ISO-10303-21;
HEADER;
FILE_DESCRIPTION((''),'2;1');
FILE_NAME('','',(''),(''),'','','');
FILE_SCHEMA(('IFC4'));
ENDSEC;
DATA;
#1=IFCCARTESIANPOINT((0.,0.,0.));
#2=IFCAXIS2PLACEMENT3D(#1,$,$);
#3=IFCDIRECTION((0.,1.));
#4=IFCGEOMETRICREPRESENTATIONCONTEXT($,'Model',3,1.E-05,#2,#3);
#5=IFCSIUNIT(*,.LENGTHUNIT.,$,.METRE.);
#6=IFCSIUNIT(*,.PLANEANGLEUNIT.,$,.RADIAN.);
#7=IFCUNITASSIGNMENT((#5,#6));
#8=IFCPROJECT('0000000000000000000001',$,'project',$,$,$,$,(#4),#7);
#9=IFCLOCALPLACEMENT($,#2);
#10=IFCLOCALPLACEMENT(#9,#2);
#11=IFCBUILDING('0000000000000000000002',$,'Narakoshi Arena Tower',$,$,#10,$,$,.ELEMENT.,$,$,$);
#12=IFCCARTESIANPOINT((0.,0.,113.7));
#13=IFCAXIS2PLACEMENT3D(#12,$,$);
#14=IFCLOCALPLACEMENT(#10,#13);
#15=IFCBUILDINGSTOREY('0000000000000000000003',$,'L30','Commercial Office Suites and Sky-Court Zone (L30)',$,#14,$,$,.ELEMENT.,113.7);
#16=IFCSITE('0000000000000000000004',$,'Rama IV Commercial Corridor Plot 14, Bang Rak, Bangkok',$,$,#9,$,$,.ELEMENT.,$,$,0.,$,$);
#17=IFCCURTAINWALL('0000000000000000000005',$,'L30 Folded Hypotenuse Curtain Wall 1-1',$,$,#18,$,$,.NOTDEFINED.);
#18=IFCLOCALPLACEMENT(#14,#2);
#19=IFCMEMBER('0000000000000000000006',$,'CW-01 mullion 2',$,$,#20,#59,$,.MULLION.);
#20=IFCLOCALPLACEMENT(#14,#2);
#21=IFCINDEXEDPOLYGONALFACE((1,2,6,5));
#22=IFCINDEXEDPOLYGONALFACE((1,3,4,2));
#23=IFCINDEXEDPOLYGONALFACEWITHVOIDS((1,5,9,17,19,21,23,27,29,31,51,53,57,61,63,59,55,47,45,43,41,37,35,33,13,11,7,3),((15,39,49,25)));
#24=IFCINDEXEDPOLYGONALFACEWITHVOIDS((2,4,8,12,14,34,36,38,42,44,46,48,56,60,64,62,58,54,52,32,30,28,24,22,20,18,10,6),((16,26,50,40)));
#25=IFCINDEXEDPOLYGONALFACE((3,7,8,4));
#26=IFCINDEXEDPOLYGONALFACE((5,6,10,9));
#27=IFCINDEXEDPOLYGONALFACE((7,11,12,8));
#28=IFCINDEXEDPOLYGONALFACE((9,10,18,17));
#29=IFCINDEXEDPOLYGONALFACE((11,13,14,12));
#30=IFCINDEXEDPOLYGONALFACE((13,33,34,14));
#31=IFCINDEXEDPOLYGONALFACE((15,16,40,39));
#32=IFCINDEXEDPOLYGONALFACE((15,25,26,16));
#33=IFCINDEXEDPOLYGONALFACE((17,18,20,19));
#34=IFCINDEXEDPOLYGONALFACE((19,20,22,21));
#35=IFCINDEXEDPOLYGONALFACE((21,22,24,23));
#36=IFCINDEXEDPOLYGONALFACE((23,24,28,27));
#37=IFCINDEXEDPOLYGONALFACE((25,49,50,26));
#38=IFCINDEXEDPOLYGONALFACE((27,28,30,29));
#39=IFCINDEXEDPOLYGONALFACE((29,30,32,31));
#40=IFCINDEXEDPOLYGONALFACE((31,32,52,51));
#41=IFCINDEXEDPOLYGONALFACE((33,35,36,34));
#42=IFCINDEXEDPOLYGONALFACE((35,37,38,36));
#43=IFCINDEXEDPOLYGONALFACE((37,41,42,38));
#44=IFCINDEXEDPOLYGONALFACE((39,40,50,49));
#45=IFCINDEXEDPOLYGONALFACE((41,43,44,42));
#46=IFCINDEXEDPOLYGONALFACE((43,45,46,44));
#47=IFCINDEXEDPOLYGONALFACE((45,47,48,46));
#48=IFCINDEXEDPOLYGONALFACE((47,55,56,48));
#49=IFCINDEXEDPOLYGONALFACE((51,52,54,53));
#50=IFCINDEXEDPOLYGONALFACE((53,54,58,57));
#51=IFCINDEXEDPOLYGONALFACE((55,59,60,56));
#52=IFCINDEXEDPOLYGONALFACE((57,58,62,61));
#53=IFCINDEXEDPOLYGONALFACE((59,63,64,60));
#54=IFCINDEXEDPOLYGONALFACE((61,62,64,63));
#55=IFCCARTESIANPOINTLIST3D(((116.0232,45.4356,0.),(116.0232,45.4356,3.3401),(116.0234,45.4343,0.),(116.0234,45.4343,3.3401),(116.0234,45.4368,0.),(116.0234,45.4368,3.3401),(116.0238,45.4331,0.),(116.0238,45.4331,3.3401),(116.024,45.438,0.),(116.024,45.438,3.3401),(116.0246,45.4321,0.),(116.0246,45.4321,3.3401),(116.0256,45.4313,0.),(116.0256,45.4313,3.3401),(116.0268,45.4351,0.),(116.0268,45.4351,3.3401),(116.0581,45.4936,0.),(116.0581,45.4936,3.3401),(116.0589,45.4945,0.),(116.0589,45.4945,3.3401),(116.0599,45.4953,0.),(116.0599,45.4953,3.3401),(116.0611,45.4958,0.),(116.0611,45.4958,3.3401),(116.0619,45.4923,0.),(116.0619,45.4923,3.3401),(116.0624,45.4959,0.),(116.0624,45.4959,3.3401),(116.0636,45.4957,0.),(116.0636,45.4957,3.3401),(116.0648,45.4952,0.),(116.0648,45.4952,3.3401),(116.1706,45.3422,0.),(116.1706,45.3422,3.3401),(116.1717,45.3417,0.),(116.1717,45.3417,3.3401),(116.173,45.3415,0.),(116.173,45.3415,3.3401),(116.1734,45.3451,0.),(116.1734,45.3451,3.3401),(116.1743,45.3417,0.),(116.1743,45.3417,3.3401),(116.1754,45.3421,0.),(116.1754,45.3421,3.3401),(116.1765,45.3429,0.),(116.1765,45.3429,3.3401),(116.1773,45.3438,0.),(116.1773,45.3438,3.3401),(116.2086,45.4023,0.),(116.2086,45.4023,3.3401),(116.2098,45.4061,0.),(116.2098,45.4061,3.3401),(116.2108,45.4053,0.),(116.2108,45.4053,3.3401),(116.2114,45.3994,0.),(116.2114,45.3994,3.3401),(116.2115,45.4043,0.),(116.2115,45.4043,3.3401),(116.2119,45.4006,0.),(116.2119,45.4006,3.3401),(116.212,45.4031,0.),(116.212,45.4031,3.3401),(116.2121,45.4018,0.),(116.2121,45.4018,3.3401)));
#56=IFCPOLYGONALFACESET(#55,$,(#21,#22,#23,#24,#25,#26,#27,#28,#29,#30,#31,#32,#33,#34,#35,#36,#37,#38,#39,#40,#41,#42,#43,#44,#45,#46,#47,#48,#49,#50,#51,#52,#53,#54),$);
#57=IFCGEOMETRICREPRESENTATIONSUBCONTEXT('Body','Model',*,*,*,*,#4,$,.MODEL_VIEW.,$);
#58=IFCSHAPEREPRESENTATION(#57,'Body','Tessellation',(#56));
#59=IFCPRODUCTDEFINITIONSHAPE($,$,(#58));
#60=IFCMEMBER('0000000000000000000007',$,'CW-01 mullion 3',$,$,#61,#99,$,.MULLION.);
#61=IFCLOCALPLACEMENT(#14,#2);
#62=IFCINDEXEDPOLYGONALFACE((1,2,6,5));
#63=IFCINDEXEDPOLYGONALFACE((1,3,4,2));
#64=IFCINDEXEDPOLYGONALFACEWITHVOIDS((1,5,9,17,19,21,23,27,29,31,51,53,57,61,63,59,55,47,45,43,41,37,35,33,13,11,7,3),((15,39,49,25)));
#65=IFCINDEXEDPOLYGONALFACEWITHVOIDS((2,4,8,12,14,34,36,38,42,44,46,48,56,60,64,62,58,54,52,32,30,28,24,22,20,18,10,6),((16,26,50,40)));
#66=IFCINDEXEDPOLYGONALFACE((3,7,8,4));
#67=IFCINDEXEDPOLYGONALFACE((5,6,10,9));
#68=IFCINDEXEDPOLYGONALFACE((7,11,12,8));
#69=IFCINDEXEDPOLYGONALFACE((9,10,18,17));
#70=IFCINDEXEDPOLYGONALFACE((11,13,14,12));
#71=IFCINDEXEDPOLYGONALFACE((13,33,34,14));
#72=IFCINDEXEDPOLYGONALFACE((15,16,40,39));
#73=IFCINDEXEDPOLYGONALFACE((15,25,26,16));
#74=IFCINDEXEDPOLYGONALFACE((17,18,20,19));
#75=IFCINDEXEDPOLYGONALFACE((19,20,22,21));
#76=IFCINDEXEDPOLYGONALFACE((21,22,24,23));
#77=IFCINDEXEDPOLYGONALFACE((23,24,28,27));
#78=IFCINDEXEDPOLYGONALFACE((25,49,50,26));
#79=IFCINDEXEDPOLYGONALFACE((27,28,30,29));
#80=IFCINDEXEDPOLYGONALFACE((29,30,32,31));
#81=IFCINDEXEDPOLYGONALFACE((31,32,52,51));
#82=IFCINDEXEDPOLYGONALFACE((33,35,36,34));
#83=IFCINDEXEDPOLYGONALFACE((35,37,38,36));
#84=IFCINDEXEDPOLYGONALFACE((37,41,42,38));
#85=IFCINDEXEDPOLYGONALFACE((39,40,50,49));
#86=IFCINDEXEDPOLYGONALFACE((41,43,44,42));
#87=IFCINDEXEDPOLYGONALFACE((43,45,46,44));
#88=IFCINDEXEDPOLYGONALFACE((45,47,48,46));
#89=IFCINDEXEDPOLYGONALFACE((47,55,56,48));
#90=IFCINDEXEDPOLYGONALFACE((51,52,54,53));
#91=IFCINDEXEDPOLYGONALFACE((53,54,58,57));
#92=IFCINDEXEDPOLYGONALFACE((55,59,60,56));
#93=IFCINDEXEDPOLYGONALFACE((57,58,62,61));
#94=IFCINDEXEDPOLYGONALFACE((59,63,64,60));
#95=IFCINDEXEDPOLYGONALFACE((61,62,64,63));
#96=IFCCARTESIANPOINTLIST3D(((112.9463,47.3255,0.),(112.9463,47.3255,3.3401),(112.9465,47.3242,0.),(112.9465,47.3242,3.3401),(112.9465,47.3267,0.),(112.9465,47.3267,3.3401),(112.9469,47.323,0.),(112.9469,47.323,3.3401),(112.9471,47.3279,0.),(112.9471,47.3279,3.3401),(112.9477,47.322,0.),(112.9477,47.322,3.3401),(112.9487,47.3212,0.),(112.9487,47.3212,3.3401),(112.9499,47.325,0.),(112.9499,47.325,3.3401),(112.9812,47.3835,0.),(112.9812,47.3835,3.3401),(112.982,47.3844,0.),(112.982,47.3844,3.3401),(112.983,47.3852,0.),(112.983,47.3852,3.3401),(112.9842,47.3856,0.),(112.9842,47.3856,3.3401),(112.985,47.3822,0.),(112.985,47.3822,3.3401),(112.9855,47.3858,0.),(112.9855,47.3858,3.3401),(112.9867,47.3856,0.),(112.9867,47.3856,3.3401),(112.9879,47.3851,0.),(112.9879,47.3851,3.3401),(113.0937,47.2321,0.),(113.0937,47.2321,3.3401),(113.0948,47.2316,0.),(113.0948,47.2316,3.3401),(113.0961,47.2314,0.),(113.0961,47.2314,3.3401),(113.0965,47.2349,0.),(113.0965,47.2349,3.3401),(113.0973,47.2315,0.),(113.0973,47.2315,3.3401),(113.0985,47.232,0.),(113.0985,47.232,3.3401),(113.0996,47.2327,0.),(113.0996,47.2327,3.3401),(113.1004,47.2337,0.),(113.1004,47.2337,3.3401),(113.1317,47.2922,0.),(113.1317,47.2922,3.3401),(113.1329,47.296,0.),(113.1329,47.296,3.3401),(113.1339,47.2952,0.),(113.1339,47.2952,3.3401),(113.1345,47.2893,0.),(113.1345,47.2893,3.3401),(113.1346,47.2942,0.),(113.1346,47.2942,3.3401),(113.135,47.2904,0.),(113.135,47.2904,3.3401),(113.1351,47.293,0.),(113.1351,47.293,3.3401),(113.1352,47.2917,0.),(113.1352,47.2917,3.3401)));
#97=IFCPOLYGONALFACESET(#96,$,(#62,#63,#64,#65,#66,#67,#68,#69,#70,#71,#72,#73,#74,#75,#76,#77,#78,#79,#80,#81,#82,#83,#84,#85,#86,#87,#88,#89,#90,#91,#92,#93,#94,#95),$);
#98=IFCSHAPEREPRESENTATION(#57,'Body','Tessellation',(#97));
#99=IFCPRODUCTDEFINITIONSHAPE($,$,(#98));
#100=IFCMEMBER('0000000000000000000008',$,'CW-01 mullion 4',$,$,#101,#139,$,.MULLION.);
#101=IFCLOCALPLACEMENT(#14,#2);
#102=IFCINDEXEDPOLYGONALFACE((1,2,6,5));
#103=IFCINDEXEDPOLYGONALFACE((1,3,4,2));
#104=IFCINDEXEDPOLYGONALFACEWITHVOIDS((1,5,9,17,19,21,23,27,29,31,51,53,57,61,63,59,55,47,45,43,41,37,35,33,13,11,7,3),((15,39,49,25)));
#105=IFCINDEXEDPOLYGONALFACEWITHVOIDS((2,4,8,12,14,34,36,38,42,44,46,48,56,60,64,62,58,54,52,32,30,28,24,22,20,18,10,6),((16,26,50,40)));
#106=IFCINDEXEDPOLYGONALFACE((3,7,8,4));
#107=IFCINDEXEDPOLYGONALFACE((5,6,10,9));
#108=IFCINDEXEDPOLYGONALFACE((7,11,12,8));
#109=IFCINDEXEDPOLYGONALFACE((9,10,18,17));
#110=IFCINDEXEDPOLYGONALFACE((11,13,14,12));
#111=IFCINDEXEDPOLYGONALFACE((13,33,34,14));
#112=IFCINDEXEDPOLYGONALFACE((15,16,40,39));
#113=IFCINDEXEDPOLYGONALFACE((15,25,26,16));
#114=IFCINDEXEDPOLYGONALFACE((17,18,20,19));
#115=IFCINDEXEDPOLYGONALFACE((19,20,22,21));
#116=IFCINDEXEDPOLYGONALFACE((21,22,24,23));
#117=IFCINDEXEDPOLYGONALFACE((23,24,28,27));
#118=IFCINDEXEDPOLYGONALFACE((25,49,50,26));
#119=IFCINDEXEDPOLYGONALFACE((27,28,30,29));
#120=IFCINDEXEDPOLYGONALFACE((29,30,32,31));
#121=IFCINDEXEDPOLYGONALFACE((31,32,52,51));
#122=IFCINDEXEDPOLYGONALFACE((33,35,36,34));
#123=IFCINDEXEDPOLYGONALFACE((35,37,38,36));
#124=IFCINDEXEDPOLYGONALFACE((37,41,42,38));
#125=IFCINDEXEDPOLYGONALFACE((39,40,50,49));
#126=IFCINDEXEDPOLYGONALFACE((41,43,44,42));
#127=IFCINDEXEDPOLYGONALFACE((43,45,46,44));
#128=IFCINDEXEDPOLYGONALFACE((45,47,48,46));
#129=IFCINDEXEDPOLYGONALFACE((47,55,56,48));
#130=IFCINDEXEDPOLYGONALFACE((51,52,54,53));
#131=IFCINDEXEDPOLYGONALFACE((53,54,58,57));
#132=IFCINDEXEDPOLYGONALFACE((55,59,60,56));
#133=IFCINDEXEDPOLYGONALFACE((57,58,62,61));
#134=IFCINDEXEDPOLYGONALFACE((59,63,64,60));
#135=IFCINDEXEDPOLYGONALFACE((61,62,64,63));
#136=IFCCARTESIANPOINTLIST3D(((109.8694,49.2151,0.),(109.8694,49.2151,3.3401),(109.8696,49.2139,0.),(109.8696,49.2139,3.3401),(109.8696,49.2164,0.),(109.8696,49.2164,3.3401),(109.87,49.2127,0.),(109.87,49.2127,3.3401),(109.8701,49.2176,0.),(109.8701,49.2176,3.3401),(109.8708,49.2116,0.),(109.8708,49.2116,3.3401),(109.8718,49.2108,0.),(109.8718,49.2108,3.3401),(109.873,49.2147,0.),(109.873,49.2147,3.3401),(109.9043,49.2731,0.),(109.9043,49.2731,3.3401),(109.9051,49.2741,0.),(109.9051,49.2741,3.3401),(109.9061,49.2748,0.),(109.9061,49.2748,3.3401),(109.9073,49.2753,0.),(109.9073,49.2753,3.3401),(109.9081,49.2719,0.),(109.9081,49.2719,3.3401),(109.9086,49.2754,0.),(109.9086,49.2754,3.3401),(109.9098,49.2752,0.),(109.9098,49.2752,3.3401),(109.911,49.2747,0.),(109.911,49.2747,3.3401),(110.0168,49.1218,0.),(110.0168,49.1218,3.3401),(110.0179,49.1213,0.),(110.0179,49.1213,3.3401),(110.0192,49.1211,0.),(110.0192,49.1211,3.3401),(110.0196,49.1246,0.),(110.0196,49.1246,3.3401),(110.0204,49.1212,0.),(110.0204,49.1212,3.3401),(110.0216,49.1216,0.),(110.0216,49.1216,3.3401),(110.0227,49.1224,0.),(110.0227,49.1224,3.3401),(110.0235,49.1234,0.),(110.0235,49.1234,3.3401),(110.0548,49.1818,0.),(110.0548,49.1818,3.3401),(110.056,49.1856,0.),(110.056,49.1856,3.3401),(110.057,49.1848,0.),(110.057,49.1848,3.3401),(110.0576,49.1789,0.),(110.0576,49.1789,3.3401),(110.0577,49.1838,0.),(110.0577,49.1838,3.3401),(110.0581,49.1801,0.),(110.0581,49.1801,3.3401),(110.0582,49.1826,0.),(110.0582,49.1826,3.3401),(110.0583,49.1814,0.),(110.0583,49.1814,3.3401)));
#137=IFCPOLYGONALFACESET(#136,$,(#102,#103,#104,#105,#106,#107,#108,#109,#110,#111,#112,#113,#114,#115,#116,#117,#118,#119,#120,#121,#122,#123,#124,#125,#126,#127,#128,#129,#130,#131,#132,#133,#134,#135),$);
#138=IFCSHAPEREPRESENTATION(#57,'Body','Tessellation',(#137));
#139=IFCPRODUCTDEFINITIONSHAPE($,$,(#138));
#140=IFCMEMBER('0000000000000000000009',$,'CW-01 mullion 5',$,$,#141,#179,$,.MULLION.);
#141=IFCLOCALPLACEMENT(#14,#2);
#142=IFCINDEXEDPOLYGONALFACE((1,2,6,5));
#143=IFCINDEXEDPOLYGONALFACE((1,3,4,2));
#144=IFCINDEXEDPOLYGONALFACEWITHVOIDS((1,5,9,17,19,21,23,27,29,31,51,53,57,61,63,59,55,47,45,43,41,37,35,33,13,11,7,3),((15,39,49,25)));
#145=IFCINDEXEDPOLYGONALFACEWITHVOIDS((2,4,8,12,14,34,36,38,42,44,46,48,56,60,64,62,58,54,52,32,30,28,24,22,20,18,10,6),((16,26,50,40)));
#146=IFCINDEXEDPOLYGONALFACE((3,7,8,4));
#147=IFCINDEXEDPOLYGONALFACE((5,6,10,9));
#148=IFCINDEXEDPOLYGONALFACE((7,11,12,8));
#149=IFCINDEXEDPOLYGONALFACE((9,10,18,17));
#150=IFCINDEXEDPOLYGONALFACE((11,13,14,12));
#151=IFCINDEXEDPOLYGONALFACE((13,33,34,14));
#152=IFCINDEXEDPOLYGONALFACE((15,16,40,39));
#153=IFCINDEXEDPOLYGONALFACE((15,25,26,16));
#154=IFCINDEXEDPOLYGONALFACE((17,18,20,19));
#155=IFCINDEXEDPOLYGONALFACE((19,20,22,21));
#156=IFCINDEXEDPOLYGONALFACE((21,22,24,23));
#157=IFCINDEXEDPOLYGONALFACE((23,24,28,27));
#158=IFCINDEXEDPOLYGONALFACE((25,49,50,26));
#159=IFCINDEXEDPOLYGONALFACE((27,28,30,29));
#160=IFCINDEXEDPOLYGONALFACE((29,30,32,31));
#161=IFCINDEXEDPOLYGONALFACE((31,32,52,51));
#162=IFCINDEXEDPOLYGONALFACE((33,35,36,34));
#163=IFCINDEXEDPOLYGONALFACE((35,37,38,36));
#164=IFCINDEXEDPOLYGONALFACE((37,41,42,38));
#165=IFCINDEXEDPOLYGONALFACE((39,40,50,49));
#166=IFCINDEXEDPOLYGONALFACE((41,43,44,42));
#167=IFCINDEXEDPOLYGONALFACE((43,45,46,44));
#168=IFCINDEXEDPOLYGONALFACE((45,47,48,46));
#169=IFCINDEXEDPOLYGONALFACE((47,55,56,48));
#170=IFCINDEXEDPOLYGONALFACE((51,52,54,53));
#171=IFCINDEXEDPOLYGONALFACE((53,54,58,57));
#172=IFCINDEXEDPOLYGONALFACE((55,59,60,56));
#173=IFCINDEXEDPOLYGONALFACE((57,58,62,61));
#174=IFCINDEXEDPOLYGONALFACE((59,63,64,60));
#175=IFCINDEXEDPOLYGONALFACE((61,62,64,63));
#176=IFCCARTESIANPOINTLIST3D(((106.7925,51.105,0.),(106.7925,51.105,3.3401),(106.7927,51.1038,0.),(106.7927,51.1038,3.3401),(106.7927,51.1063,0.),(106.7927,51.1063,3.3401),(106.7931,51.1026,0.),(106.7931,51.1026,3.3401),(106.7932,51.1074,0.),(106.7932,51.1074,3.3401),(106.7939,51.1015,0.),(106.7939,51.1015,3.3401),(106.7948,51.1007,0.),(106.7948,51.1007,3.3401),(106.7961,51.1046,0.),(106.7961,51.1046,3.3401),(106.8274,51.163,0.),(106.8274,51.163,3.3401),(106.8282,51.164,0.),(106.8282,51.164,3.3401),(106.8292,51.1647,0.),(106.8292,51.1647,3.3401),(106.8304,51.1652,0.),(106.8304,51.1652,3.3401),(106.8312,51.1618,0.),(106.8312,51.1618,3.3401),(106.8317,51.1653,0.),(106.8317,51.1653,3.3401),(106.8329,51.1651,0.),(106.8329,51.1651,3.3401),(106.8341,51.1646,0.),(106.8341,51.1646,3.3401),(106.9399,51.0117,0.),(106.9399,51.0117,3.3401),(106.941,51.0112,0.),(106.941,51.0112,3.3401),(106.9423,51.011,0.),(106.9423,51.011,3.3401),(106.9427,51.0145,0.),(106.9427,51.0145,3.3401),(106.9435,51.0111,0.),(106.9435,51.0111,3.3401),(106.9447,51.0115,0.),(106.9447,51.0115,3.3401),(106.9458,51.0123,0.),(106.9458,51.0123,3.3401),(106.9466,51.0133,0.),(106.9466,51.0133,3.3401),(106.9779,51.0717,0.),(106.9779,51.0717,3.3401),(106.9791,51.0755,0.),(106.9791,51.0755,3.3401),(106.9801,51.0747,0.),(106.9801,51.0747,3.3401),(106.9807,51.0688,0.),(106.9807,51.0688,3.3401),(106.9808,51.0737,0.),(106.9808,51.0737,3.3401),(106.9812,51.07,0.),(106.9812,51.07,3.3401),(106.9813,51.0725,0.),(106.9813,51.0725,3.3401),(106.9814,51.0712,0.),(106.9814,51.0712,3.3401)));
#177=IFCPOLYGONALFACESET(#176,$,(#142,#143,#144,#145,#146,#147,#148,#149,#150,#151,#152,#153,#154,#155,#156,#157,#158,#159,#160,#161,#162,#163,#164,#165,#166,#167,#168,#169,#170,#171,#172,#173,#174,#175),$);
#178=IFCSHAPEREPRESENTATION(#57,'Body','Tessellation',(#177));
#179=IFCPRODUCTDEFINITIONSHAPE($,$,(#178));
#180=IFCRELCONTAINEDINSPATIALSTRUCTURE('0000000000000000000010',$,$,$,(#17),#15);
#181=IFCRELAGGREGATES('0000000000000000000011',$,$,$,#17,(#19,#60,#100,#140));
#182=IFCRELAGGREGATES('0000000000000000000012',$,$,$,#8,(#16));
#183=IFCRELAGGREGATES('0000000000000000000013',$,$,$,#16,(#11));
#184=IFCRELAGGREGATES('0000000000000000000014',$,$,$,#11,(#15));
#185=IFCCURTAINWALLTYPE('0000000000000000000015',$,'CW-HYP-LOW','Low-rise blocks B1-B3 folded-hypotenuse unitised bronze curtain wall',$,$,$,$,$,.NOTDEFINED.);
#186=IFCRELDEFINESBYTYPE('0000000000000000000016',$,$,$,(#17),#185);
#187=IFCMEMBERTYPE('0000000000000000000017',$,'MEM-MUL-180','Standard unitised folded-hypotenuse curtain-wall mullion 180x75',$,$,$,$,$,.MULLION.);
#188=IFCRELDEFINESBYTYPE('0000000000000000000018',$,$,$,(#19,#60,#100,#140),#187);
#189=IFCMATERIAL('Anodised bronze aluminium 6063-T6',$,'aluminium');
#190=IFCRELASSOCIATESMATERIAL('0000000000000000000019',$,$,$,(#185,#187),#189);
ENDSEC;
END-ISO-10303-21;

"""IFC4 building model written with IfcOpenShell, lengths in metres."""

from ifc_helpers import new_model, si_unit, direction, frame, origin, origin_2d, place, context, subcontext, project, spatial, hollow_rectangle, extrude, material, material_profile, profile_set, type_object, element, aggregate, save


model = new_model("IFC4")

# Units and contexts
model_context = context("Model", 3, precision=1e-05, world=origin(), true_north=direction((0.0, 1.0)))
body_context = subcontext(model_context, "Body", "Model", "MODEL_VIEW")
ifc_project = project(units=[si_unit("LENGTHUNIT", "METRE"), si_unit("PLANEANGLEUNIT", "RADIAN")], contexts=[model_context])

# Site, building, storey
site_placement = place(None, origin())
site = spatial("IfcSite", under=ifc_project, at=site_placement, Name="Rama IV Commercial Corridor Plot 14, Bang Rak, Bangkok", CompositionType="ELEMENT", RefElevation=0.0)
building_placement = place(site_placement, origin())
building = spatial("IfcBuilding", under=site, at=building_placement, Name="Narakoshi Arena Tower", CompositionType="ELEMENT")
storey_placement = place(building_placement, frame((0.0, 0.0, 113.7)))
storey = spatial("IfcBuildingStorey", under=building, at=storey_placement, Name="L30", Description="Commercial Office Suites and Sky-Court Zone (L30)", CompositionType="ELEMENT", Elevation=113.7)

# Curtain wall, members
ifc_material_1 = material(Name="Anodised bronze aluminium 6063-T6", Category="aluminium")
curtain_wall_type = type_object("IfcCurtainWallType", Name="CW-HYP-LOW", Description="Low-rise blocks B1-B3 folded-hypotenuse unitised bronze curtain wall", PredefinedType="NOTDEFINED", material=ifc_material_1)
curtain_wall_placement = place(storey_placement, origin())
curtain_wall = element("IfcCurtainWall", 1, at=curtain_wall_placement, inside=storey, type_object=curtain_wall_type, Name="L30 Folded Hypotenuse Curtain Wall 1-1", PredefinedType="NOTDEFINED")
ifc_material_profile_1 = material_profile(ifc_material_1, hollow_rectangle(XDim=0.075, YDim=0.1799, WallThickness=0.0039, OuterFilletRadius=0.0049, at=origin_2d()), Name="MUL180x75x4")
ifc_profile_set_1 = profile_set([ifc_material_profile_1], Name="Anodised bronze aluminium 6063-T6")
member_type_1 = type_object("IfcMemberType", Name="MEM-MUL-180", Description="Standard unitised folded-hypotenuse curtain-wall mullion 180x75", PredefinedType="MULLION", material=ifc_profile_set_1)
member_1_placement = place(storey_placement, frame((116.1177, 45.4187, 0.0), z_axis=(0.0, 0.0, 1.0), x_axis=(-0.523358, -0.852113, 0.0)))
member_1 = element("IfcMember", 2, at=member_1_placement, type_object=member_type_1, Name="CW-01 mullion 2", PredefinedType="MULLION", context=body_context, shape_type="SweptSolid", body=[
    extrude(hollow_rectangle(XDim=0.075, YDim=0.1799, WallThickness=0.0039, OuterFilletRadius=0.0049, at=origin_2d()), origin(), (0.0, 0.0, 1.0), 3.3401),
])
member_2_placement = place(storey_placement, frame((113.0408, 47.3086, 0.0), z_axis=(0.0, 0.0, 1.0), x_axis=(-0.523358, -0.852113, 0.0)))
member_2 = element("IfcMember", 3, at=member_2_placement, type_object=member_type_1, Name="CW-01 mullion 3", PredefinedType="MULLION", context=body_context, shape_type="SweptSolid", body=[
    extrude(hollow_rectangle(XDim=0.075, YDim=0.1799, WallThickness=0.0039, OuterFilletRadius=0.0049, at=origin_2d()), origin(), (0.0, 0.0, 1.0), 3.3401),
])
member_3_placement = place(storey_placement, frame((109.9639, 49.1982, 0.0), z_axis=(0.0, 0.0, 1.0), x_axis=(-0.523358, -0.852113, 0.0)))
member_3 = element("IfcMember", 4, at=member_3_placement, type_object=member_type_1, Name="CW-01 mullion 4", PredefinedType="MULLION", context=body_context, shape_type="SweptSolid", body=[
    extrude(hollow_rectangle(XDim=0.075, YDim=0.1799, WallThickness=0.0039, OuterFilletRadius=0.0049, at=origin_2d()), origin(), (0.0, 0.0, 1.0), 3.3401),
])
member_4_placement = place(storey_placement, frame((106.887, 51.0881, 0.0), z_axis=(0.0, 0.0, 1.0), x_axis=(-0.523358, -0.852113, 0.0)))
member_4 = element("IfcMember", 5, at=member_4_placement, type_object=member_type_1, Name="CW-01 mullion 5", PredefinedType="MULLION", context=body_context, shape_type="SweptSolid", body=[
    extrude(hollow_rectangle(XDim=0.075, YDim=0.1799, WallThickness=0.0039, OuterFilletRadius=0.0049, at=origin_2d()), origin(), (0.0, 0.0, 1.0), 3.3401),
])
aggregate(curtain_wall, [member_1, member_2, member_3, member_4])

save(model, "model.ifc")
